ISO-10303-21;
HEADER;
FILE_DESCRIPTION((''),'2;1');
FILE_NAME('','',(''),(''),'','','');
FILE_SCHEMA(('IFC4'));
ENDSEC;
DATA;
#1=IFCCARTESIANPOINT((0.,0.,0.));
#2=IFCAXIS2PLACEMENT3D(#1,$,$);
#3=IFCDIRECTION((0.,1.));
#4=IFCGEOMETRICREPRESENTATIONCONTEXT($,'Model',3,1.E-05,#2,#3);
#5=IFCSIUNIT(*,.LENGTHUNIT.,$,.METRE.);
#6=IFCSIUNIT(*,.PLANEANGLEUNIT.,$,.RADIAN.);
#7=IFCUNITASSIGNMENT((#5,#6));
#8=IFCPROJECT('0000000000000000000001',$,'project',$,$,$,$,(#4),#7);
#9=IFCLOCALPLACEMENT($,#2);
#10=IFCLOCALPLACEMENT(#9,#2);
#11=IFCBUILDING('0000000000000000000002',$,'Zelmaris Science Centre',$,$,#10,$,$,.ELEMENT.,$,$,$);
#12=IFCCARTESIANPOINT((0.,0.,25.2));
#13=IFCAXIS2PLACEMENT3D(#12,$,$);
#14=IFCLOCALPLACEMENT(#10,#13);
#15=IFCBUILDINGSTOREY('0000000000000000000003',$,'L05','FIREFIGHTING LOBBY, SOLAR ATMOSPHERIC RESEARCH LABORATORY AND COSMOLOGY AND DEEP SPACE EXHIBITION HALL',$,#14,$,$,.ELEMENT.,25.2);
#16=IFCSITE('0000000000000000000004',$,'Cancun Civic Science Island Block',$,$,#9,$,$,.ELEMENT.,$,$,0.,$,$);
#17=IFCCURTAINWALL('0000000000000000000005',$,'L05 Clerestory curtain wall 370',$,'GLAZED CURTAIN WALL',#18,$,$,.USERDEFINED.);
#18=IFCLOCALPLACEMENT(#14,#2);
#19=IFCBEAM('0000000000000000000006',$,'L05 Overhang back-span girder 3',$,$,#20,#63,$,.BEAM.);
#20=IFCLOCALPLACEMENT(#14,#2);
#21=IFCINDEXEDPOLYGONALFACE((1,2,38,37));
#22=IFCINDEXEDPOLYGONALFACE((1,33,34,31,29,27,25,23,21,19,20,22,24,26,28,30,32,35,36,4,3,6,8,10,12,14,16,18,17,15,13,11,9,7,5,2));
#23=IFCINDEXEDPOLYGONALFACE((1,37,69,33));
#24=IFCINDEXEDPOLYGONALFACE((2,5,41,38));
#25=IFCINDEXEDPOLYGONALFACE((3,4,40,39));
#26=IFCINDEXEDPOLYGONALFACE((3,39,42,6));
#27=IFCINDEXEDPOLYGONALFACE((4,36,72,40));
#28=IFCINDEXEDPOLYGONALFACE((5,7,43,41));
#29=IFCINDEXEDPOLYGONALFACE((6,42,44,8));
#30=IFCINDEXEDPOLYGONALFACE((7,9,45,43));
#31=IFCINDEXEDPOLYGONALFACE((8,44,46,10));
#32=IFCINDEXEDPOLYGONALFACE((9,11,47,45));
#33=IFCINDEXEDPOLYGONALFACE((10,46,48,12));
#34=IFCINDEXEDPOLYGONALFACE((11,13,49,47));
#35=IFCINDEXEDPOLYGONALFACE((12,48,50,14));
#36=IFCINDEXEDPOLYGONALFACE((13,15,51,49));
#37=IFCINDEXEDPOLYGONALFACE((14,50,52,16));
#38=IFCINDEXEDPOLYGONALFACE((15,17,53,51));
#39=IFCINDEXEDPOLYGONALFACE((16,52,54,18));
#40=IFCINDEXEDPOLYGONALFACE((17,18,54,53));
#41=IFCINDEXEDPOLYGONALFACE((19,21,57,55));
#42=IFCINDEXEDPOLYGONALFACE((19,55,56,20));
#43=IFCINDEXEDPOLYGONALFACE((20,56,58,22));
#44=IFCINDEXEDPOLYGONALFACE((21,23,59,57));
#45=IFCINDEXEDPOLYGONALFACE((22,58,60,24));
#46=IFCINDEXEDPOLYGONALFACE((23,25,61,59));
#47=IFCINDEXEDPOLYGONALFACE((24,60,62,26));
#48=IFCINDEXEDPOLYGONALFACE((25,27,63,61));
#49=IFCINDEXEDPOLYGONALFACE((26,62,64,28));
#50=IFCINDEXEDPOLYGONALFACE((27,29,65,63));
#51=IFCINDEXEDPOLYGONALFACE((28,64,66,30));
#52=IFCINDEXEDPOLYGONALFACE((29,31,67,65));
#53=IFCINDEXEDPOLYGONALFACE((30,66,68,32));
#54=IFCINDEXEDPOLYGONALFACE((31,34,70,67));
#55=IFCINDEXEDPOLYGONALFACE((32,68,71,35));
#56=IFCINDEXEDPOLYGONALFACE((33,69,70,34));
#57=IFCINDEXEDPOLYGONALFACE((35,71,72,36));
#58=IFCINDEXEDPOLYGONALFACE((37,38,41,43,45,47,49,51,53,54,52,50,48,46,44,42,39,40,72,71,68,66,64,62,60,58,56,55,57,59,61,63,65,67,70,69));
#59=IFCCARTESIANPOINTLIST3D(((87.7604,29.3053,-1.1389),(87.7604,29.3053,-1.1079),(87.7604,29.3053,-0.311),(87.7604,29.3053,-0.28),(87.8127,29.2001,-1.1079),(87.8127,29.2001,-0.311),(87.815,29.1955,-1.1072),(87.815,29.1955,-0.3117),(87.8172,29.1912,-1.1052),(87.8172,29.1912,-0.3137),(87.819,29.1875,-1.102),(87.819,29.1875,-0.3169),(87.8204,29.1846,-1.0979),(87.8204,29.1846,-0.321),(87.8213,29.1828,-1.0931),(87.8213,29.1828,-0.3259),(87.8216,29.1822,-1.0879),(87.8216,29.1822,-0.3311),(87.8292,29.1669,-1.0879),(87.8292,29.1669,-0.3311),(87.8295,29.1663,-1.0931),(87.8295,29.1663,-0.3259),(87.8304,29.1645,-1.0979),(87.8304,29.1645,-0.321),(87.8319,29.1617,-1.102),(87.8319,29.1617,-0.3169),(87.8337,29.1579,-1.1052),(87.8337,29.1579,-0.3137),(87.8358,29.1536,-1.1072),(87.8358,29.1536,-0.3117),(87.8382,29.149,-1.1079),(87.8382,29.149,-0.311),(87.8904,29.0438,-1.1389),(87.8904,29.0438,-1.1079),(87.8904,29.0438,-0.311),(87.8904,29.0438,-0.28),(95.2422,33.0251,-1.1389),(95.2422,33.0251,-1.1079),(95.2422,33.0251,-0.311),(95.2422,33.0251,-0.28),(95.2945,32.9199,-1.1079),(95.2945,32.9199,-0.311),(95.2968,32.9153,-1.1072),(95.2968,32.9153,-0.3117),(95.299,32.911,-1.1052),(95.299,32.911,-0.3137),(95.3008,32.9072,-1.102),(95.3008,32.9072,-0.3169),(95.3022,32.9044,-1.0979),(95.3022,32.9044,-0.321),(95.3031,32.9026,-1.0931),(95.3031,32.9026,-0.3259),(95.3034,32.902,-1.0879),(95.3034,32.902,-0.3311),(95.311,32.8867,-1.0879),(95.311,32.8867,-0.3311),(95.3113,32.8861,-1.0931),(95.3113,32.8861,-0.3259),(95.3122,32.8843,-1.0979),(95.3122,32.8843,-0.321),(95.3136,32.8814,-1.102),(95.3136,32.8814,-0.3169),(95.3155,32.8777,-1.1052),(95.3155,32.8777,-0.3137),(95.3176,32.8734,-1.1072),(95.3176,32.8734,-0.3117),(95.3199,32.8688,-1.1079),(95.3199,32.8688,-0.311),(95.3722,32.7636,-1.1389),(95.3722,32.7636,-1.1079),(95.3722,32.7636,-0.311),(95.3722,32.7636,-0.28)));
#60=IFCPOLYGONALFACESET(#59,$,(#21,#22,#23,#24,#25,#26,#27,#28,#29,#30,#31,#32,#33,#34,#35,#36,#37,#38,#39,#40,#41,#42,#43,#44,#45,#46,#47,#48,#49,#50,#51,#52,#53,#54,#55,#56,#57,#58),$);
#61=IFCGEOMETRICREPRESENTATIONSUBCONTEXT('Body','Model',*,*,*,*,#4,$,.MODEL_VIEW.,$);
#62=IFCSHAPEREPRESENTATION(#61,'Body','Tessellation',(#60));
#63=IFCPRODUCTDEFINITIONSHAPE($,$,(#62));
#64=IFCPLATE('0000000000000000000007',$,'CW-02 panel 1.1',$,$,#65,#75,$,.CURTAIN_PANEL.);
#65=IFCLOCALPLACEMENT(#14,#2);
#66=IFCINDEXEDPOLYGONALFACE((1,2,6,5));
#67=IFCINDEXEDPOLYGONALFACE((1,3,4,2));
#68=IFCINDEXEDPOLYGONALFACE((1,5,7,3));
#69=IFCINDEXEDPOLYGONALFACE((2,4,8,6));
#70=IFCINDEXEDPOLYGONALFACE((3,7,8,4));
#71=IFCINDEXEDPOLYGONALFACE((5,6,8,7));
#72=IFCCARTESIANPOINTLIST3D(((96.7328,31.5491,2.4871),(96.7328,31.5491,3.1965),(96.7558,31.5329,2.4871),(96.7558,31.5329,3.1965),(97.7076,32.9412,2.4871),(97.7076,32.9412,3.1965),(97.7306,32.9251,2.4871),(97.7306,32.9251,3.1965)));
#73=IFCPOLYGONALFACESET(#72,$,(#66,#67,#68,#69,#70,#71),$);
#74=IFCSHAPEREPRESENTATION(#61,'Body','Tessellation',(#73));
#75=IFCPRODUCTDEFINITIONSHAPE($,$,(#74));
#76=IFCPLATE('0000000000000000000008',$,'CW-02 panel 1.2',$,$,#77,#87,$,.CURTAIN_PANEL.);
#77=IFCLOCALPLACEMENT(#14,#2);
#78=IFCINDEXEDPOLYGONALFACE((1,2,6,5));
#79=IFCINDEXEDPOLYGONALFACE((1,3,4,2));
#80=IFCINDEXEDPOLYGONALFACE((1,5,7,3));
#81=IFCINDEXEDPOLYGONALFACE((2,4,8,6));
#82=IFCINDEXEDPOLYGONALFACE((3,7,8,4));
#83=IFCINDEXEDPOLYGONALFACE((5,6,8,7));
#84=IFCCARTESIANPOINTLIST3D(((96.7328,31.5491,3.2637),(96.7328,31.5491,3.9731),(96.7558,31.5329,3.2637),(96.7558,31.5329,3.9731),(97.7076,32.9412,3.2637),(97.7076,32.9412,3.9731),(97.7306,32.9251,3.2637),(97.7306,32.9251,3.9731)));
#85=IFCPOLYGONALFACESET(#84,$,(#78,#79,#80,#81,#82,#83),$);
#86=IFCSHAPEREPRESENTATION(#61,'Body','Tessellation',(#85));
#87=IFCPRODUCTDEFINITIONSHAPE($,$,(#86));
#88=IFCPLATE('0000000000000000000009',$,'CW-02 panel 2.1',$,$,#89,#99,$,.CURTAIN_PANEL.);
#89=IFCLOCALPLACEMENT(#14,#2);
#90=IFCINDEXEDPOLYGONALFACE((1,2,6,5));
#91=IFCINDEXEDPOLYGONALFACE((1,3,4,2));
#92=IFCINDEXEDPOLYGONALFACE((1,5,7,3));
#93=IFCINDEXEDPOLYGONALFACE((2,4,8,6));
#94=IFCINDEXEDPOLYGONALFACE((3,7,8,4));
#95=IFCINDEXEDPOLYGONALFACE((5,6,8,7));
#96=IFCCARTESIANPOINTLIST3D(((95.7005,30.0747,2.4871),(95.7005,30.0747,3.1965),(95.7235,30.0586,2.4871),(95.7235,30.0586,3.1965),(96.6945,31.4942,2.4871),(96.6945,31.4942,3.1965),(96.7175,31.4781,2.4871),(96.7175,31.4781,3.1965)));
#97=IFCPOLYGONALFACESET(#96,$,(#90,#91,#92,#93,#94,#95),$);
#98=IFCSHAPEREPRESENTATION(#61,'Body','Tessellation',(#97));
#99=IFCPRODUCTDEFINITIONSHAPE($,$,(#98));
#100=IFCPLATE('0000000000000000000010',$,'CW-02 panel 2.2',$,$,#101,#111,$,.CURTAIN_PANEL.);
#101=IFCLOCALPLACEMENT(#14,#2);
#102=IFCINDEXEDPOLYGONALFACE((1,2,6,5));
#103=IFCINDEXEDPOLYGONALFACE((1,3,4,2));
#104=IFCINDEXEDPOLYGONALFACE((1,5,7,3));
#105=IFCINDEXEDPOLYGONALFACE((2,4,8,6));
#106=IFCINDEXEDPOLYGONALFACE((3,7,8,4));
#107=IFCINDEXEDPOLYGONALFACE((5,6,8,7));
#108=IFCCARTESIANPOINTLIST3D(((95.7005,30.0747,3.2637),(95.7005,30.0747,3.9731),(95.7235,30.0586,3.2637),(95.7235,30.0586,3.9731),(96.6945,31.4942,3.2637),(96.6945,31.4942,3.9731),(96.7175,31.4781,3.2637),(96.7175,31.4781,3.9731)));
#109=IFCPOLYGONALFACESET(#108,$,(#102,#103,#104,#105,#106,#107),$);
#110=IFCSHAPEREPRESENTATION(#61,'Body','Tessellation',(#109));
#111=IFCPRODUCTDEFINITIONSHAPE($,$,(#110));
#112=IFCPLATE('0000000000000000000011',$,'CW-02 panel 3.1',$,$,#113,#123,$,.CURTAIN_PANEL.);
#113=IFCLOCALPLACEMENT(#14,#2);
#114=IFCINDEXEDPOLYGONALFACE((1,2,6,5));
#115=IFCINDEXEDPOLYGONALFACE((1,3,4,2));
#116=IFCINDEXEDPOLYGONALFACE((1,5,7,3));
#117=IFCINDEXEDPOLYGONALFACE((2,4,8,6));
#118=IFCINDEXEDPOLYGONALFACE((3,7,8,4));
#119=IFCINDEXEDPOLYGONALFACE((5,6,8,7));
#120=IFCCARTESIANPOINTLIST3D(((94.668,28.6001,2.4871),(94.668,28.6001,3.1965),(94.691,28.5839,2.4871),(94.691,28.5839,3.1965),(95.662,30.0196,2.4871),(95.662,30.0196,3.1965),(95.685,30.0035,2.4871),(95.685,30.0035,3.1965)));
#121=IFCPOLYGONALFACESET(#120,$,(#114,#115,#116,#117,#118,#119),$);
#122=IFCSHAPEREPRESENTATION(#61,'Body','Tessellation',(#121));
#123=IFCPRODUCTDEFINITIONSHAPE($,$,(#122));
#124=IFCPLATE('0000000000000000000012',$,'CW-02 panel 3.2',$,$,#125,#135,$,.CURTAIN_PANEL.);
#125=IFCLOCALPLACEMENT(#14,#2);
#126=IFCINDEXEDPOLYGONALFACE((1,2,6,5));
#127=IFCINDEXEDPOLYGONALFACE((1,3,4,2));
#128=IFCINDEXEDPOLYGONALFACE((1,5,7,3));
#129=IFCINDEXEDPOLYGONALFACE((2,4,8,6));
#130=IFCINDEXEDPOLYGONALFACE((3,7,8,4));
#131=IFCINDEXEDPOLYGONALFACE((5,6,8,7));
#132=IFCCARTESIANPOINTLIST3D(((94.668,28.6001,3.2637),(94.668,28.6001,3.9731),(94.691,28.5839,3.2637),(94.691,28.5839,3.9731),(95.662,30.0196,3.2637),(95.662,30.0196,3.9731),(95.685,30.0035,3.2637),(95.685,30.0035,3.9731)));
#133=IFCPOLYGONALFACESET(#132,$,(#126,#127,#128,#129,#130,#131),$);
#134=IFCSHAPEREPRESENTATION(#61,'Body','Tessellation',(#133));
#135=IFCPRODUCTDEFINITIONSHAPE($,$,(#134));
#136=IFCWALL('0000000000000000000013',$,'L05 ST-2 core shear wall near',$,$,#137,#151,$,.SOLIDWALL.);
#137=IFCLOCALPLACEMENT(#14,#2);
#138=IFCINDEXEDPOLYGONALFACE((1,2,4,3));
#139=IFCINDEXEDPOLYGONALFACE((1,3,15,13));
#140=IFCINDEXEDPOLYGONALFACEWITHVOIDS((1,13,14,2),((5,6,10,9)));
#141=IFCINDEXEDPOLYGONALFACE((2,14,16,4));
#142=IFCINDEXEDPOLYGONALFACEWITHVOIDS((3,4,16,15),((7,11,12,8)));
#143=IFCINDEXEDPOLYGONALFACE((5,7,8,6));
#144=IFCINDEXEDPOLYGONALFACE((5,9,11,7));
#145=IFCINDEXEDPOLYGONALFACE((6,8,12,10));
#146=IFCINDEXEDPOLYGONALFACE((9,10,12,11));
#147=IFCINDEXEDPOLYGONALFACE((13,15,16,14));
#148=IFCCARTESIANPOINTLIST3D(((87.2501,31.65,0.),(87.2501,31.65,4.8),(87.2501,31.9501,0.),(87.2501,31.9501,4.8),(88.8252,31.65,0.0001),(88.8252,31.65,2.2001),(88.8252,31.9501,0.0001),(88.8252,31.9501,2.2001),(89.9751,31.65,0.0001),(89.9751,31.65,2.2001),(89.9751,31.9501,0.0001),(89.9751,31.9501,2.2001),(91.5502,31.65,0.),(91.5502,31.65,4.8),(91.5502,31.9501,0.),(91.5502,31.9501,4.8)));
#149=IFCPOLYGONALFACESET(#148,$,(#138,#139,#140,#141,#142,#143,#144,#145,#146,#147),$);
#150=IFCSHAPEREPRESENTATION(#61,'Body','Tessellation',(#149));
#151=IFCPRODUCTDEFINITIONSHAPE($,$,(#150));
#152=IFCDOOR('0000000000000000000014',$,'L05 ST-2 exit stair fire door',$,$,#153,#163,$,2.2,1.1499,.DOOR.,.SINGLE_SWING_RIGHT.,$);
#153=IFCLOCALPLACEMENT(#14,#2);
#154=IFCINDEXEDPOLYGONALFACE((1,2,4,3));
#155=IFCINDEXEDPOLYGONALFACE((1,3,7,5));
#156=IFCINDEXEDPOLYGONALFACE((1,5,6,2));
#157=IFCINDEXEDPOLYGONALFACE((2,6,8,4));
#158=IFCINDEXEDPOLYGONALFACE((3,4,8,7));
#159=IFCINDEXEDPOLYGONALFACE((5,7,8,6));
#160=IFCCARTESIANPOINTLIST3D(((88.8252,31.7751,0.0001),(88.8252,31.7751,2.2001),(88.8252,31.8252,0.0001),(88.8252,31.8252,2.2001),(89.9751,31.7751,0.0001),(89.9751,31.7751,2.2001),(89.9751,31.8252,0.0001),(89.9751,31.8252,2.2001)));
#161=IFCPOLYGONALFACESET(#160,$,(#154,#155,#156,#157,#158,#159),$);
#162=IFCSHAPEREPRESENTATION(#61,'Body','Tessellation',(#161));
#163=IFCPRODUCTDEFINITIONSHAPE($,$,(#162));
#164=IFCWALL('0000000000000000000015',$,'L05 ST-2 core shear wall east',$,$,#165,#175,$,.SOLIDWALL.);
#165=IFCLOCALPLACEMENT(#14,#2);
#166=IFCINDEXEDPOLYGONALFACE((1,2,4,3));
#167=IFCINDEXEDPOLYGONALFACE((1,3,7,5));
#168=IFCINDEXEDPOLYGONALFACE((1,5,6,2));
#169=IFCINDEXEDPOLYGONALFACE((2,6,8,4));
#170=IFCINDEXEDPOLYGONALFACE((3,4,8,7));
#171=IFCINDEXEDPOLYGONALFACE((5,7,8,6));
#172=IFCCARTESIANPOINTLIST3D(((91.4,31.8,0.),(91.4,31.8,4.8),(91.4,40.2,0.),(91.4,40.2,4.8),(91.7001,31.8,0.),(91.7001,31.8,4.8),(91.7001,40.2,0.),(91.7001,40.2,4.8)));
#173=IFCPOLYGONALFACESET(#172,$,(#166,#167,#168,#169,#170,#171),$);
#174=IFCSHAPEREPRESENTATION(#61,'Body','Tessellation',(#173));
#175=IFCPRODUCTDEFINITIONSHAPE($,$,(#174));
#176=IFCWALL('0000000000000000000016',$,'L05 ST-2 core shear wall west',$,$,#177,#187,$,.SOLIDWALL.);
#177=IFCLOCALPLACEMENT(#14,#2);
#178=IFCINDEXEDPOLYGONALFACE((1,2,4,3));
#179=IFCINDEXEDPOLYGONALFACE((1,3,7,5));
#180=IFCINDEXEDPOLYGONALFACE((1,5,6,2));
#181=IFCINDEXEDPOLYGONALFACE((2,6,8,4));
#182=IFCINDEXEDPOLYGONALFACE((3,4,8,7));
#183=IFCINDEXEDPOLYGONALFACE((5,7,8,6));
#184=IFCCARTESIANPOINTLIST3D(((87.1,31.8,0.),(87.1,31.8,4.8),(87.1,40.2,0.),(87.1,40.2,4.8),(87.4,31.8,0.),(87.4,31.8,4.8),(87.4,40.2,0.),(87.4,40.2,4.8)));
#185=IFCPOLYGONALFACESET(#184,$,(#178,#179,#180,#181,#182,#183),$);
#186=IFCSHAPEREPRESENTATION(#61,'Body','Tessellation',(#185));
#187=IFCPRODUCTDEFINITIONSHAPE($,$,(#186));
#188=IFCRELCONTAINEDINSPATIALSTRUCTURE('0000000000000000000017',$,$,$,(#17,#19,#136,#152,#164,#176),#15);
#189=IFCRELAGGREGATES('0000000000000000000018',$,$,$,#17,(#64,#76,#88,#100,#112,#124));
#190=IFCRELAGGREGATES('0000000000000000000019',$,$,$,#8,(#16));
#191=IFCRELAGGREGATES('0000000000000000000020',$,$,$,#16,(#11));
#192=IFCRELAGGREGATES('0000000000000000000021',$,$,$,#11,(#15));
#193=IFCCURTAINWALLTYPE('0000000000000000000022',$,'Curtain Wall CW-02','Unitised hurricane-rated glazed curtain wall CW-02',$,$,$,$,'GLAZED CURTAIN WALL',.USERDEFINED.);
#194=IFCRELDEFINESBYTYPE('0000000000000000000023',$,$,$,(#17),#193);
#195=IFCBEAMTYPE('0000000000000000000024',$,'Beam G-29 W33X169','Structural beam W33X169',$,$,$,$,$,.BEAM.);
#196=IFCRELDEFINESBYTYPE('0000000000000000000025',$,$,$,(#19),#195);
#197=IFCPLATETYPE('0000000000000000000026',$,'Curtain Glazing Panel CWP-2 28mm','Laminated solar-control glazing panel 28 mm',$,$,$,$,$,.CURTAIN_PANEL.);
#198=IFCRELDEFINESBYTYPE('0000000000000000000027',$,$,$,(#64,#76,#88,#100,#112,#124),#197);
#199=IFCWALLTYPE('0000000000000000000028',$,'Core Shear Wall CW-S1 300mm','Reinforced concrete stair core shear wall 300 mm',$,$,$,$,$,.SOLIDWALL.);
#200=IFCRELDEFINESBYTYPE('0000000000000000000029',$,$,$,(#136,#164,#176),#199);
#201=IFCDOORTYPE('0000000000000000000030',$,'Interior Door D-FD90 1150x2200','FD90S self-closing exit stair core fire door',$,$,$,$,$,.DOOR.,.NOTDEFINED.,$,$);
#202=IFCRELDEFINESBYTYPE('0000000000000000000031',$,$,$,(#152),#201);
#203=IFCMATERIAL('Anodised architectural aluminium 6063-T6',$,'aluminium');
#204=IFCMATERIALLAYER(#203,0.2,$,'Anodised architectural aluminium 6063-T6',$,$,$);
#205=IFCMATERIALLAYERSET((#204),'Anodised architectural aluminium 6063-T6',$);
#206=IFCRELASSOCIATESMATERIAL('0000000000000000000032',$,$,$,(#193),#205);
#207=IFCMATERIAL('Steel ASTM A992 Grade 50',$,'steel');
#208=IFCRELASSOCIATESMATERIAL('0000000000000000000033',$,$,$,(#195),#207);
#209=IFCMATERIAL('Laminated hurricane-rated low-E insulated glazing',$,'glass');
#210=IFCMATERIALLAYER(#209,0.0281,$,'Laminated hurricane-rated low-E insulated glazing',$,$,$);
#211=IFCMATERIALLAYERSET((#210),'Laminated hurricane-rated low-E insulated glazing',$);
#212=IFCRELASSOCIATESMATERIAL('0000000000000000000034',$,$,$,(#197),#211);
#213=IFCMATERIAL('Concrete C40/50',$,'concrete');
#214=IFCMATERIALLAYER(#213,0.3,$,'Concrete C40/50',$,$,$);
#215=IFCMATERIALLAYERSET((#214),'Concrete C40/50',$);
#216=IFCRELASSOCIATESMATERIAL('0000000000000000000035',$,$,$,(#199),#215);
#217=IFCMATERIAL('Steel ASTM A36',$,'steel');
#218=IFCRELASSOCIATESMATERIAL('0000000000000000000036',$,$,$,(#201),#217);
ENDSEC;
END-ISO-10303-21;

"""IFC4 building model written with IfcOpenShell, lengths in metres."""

from ifc_helpers import new_model, si_unit, direction, frame, frame_2d, origin, origin_2d, place, context, subcontext, project, spatial, rectangle, i_section, extrude, material, layer, layer_set, material_profile, profile_set, type_object, element, fill, aggregate, save


model = new_model("IFC4")

# Units and contexts
model_context = context("Model", 3, precision=1e-05, world=origin(), true_north=direction((0.0, 1.0)))
body_context = subcontext(model_context, "Body", "Model", "MODEL_VIEW")
ifc_project = project(units=[si_unit("LENGTHUNIT", "METRE"), si_unit("PLANEANGLEUNIT", "RADIAN")], contexts=[model_context])

# Site, building, storey
site_placement = place(None, origin())
site = spatial("IfcSite", under=ifc_project, at=site_placement, Name="Cancun Civic Science Island Block", CompositionType="ELEMENT", RefElevation=0.0)
building_placement = place(site_placement, origin())
building = spatial("IfcBuilding", under=site, at=building_placement, Name="Zelmaris Science Centre", CompositionType="ELEMENT")
storey_placement = place(building_placement, frame((0.0, 0.0, 25.2)))
storey = spatial("IfcBuildingStorey", under=building, at=storey_placement, Name="L05", Description="FIREFIGHTING LOBBY, SOLAR ATMOSPHERIC RESEARCH LABORATORY AND COSMOLOGY AND DEEP SPACE EXHIBITION HALL", CompositionType="ELEMENT", Elevation=25.2)

# Shared definitions
ifc_material_1 = material(Name="Steel ASTM A992 Grade 50", Category="steel")

# Curtain wall
ifc_material_2 = material(Name="Anodised architectural aluminium 6063-T6", Category="aluminium")
ifc_layer_1 = layer(ifc_material_2, 0.2, Name="Anodised architectural aluminium 6063-T6")
ifc_layer_set_1 = layer_set([ifc_layer_1], Name="Anodised architectural aluminium 6063-T6")
curtain_wall_type = type_object("IfcCurtainWallType", Name="Curtain Wall CW-02", Description="Unitised hurricane-rated glazed curtain wall CW-02", ElementType="GLAZED CURTAIN WALL", PredefinedType="USERDEFINED", material=ifc_layer_set_1)
curtain_wall_placement = place(storey_placement, origin())
curtain_wall = element("IfcCurtainWall", 1, at=curtain_wall_placement, inside=storey, type_object=curtain_wall_type, Name="L05 Clerestory curtain wall 370", ObjectType="GLAZED CURTAIN WALL", PredefinedType="USERDEFINED")

# Beam
ifc_material_profile_1 = material_profile(ifc_material_1, i_section(OverallWidth=0.292, OverallDepth=0.8589, WebThickness=0.0171, FlangeThickness=0.031, FilletRadius=0.02, at=origin_2d()), Name="W33X169")
ifc_profile_set_1 = profile_set([ifc_material_profile_1], Name="Steel ASTM A992 Grade 50")
beam_type_1 = type_object("IfcBeamType", Name="Beam G-29 W33X169", Description="Structural beam W33X169", PredefinedType="BEAM", material=ifc_profile_set_1)
beam_1_placement = place(storey_placement, frame((87.8254, 29.1746, -0.7095), z_axis=(0.895436, 0.44519, 0.0), x_axis=(-0.44519, 0.895436, 0.0)))
element("IfcBeam", 2, at=beam_1_placement, inside=storey, type_object=beam_type_1, Name="L05 Overhang back-span girder 3", PredefinedType="BEAM", context=body_context, shape_type="SweptSolid", body=[
    extrude(i_section(OverallWidth=0.292, OverallDepth=0.8589, WebThickness=0.0171, FlangeThickness=0.031, FilletRadius=0.02, at=origin_2d()), origin(), (0.0, 0.0, 1.0), 8.3555),
])

# Plates
ifc_material_3 = material(Name="Laminated hurricane-rated low-E insulated glazing", Category="glass")
ifc_layer_2 = layer(ifc_material_3, 0.0281, Name="Laminated hurricane-rated low-E insulated glazing")
ifc_layer_set_2 = layer_set([ifc_layer_2], Name="Laminated hurricane-rated low-E insulated glazing")
plate_type = type_object("IfcPlateType", Name="Curtain Glazing Panel CWP-2 28mm", Description="Laminated solar-control glazing panel 28 mm", PredefinedType="CURTAIN_PANEL", material=ifc_layer_set_2)
plate_1_placement = place(storey_placement, frame((97.2317, 32.2371, 2.4871), z_axis=(0.0, 0.0, 1.0), x_axis=(-0.573574, -0.819153, 0.0)))
plate_1 = element("IfcPlate", 3, at=plate_1_placement, type_object=plate_type, Name="CW-02 panel 1.1", PredefinedType="CURTAIN_PANEL", context=body_context, shape_type="SweptSolid", body=[
    extrude(rectangle(XDim=1.6995, YDim=0.0281, at=origin_2d()), origin(), (0.0, 0.0, 1.0), 0.7095),
])
plate_2_placement = place(storey_placement, frame((97.2317, 32.2371, 3.2637), z_axis=(0.0, 0.0, 1.0), x_axis=(-0.573574, -0.819153, 0.0)))
plate_2 = element("IfcPlate", 4, at=plate_2_placement, type_object=plate_type, Name="CW-02 panel 1.2", PredefinedType="CURTAIN_PANEL", context=body_context, shape_type="SweptSolid", body=[
    extrude(rectangle(XDim=1.6995, YDim=0.0281, at=origin_2d()), origin(), (0.0, 0.0, 1.0), 0.7095),
])
plate_3_placement = place(storey_placement, frame((96.209, 30.7764, 2.4871), z_axis=(0.0, 0.0, 1.0), x_axis=(-0.573574, -0.819153, 0.0)))
plate_3 = element("IfcPlate", 5, at=plate_3_placement, type_object=plate_type, Name="CW-02 panel 2.1", PredefinedType="CURTAIN_PANEL", context=body_context, shape_type="SweptSolid", body=[
    extrude(rectangle(XDim=1.7329, YDim=0.0281, at=origin_2d()), origin(), (0.0, 0.0, 1.0), 0.7095),
])
plate_4_placement = place(storey_placement, frame((96.209, 30.7764, 3.2637), z_axis=(0.0, 0.0, 1.0), x_axis=(-0.573574, -0.819153, 0.0)))
plate_4 = element("IfcPlate", 6, at=plate_4_placement, type_object=plate_type, Name="CW-02 panel 2.2", PredefinedType="CURTAIN_PANEL", context=body_context, shape_type="SweptSolid", body=[
    extrude(rectangle(XDim=1.7329, YDim=0.0281, at=origin_2d()), origin(), (0.0, 0.0, 1.0), 0.7095),
])
plate_5_placement = place(storey_placement, frame((95.1765, 29.3018, 2.4871), z_axis=(0.0, 0.0, 1.0), x_axis=(-0.573574, -0.819153, 0.0)))
plate_5 = element("IfcPlate", 7, at=plate_5_placement, type_object=plate_type, Name="CW-02 panel 3.1", PredefinedType="CURTAIN_PANEL", context=body_context, shape_type="SweptSolid", body=[
    extrude(rectangle(XDim=1.7329, YDim=0.0281, at=origin_2d()), origin(), (0.0, 0.0, 1.0), 0.7095),
])
plate_6_placement = place(storey_placement, frame((95.1765, 29.3018, 3.2637), z_axis=(0.0, 0.0, 1.0), x_axis=(-0.573574, -0.819153, 0.0)))
plate_6 = element("IfcPlate", 8, at=plate_6_placement, type_object=plate_type, Name="CW-02 panel 3.2", PredefinedType="CURTAIN_PANEL", context=body_context, shape_type="SweptSolid", body=[
    extrude(rectangle(XDim=1.7329, YDim=0.0281, at=origin_2d()), origin(), (0.0, 0.0, 1.0), 0.7095),
])
aggregate(curtain_wall, [plate_1, plate_2, plate_3, plate_4, plate_5, plate_6])

# Wall, opening, door
ifc_material_4 = material(Name="Concrete C40/50", Category="concrete")
ifc_layer_3 = layer(ifc_material_4, 0.3, Name="Concrete C40/50")
ifc_layer_set_3 = layer_set([ifc_layer_3], Name="Concrete C40/50")
wall_type = type_object("IfcWallType", Name="Core Shear Wall CW-S1 300mm", Description="Reinforced concrete stair core shear wall 300 mm", PredefinedType="SOLIDWALL", material=ifc_layer_set_3)
wall_placement = place(storey_placement, frame((91.55, 31.8, 0.0), z_axis=(0.0, 0.0, 1.0), x_axis=(-1.0, 0.0, 0.0)))
wall = element("IfcWall", 9, at=wall_placement, inside=storey, type_object=wall_type, Name="L05 ST-2 core shear wall near", PredefinedType="SOLIDWALL", context=body_context, shape_type="SweptSolid", body=[
    extrude(rectangle(XDim=4.3, YDim=0.3, at=frame_2d((2.1499, 0.0))), origin(), (0.0, 0.0, 1.0), 4.8),
])
opening_placement = place(wall_placement, frame((1.575, 0.0, 0.0)))
opening = element("IfcOpeningElement", 10, at=opening_placement, cuts=wall, PredefinedType="OPENING", context=body_context, shape_type="SweptSolid", body=[
    extrude(rectangle(XDim=1.1499, YDim=2.2, at=frame_2d((0.575, 1.1001))), frame((0.0, 0.1599, 0.0), z_axis=(0.0, -1.0, 0.0), x_axis=(1.0, 0.0, 0.0)), (0.0, 0.0, 1.0), 0.3201),
])
ifc_material_5 = material(Name="Steel ASTM A36", Category="steel")
door_type = type_object("IfcDoorType", Name="Interior Door D-FD90 1150x2200", Description="FD90S self-closing exit stair core fire door", OperationType="NOTDEFINED", PredefinedType="DOOR", material=ifc_material_5)
door_placement = place(opening_placement, origin())
door = element("IfcDoor", 11, at=door_placement, inside=storey, type_object=door_type, Name="L05 ST-2 exit stair fire door", OperationType="SINGLE_SWING_RIGHT", OverallHeight=2.2, OverallWidth=1.1499, PredefinedType="DOOR", context=body_context, shape_type="SweptSolid", body=[
    extrude(rectangle(XDim=1.1499, YDim=2.2, at=frame_2d((0.575, 1.1001))), frame((0.0, 0.0249, 0.0), z_axis=(0.0, -1.0, 0.0), x_axis=(1.0, 0.0, 0.0)), (0.0, 0.0, 1.0), 0.05),
])
fill(opening, door)

# Walls
for number, where, z_axis, x_axis, name in (
    (12, (91.55, 31.8, 0.0), (0.0, 0.0, 1.0), (0.0, 1.0, 0.0), "L05 ST-2 core shear wall east"),
    (13, (87.25, 31.8, 0.0), (0.0, 0.0, 1.0), (0.0, 1.0, 0.0), "L05 ST-2 core shear wall west"),
):
    element("IfcWall", number, at=place(storey_placement, frame(where, z_axis=z_axis, x_axis=x_axis)), inside=storey, type_object=wall_type, Name=name, PredefinedType="SOLIDWALL", context=body_context, shape_type="SweptSolid", body=[
        extrude(rectangle(XDim=8.3999, YDim=0.3, at=frame_2d((4.2, 0.0))), origin(), (0.0, 0.0, 1.0), 4.8),
    ])

save(model, "model.ifc")
